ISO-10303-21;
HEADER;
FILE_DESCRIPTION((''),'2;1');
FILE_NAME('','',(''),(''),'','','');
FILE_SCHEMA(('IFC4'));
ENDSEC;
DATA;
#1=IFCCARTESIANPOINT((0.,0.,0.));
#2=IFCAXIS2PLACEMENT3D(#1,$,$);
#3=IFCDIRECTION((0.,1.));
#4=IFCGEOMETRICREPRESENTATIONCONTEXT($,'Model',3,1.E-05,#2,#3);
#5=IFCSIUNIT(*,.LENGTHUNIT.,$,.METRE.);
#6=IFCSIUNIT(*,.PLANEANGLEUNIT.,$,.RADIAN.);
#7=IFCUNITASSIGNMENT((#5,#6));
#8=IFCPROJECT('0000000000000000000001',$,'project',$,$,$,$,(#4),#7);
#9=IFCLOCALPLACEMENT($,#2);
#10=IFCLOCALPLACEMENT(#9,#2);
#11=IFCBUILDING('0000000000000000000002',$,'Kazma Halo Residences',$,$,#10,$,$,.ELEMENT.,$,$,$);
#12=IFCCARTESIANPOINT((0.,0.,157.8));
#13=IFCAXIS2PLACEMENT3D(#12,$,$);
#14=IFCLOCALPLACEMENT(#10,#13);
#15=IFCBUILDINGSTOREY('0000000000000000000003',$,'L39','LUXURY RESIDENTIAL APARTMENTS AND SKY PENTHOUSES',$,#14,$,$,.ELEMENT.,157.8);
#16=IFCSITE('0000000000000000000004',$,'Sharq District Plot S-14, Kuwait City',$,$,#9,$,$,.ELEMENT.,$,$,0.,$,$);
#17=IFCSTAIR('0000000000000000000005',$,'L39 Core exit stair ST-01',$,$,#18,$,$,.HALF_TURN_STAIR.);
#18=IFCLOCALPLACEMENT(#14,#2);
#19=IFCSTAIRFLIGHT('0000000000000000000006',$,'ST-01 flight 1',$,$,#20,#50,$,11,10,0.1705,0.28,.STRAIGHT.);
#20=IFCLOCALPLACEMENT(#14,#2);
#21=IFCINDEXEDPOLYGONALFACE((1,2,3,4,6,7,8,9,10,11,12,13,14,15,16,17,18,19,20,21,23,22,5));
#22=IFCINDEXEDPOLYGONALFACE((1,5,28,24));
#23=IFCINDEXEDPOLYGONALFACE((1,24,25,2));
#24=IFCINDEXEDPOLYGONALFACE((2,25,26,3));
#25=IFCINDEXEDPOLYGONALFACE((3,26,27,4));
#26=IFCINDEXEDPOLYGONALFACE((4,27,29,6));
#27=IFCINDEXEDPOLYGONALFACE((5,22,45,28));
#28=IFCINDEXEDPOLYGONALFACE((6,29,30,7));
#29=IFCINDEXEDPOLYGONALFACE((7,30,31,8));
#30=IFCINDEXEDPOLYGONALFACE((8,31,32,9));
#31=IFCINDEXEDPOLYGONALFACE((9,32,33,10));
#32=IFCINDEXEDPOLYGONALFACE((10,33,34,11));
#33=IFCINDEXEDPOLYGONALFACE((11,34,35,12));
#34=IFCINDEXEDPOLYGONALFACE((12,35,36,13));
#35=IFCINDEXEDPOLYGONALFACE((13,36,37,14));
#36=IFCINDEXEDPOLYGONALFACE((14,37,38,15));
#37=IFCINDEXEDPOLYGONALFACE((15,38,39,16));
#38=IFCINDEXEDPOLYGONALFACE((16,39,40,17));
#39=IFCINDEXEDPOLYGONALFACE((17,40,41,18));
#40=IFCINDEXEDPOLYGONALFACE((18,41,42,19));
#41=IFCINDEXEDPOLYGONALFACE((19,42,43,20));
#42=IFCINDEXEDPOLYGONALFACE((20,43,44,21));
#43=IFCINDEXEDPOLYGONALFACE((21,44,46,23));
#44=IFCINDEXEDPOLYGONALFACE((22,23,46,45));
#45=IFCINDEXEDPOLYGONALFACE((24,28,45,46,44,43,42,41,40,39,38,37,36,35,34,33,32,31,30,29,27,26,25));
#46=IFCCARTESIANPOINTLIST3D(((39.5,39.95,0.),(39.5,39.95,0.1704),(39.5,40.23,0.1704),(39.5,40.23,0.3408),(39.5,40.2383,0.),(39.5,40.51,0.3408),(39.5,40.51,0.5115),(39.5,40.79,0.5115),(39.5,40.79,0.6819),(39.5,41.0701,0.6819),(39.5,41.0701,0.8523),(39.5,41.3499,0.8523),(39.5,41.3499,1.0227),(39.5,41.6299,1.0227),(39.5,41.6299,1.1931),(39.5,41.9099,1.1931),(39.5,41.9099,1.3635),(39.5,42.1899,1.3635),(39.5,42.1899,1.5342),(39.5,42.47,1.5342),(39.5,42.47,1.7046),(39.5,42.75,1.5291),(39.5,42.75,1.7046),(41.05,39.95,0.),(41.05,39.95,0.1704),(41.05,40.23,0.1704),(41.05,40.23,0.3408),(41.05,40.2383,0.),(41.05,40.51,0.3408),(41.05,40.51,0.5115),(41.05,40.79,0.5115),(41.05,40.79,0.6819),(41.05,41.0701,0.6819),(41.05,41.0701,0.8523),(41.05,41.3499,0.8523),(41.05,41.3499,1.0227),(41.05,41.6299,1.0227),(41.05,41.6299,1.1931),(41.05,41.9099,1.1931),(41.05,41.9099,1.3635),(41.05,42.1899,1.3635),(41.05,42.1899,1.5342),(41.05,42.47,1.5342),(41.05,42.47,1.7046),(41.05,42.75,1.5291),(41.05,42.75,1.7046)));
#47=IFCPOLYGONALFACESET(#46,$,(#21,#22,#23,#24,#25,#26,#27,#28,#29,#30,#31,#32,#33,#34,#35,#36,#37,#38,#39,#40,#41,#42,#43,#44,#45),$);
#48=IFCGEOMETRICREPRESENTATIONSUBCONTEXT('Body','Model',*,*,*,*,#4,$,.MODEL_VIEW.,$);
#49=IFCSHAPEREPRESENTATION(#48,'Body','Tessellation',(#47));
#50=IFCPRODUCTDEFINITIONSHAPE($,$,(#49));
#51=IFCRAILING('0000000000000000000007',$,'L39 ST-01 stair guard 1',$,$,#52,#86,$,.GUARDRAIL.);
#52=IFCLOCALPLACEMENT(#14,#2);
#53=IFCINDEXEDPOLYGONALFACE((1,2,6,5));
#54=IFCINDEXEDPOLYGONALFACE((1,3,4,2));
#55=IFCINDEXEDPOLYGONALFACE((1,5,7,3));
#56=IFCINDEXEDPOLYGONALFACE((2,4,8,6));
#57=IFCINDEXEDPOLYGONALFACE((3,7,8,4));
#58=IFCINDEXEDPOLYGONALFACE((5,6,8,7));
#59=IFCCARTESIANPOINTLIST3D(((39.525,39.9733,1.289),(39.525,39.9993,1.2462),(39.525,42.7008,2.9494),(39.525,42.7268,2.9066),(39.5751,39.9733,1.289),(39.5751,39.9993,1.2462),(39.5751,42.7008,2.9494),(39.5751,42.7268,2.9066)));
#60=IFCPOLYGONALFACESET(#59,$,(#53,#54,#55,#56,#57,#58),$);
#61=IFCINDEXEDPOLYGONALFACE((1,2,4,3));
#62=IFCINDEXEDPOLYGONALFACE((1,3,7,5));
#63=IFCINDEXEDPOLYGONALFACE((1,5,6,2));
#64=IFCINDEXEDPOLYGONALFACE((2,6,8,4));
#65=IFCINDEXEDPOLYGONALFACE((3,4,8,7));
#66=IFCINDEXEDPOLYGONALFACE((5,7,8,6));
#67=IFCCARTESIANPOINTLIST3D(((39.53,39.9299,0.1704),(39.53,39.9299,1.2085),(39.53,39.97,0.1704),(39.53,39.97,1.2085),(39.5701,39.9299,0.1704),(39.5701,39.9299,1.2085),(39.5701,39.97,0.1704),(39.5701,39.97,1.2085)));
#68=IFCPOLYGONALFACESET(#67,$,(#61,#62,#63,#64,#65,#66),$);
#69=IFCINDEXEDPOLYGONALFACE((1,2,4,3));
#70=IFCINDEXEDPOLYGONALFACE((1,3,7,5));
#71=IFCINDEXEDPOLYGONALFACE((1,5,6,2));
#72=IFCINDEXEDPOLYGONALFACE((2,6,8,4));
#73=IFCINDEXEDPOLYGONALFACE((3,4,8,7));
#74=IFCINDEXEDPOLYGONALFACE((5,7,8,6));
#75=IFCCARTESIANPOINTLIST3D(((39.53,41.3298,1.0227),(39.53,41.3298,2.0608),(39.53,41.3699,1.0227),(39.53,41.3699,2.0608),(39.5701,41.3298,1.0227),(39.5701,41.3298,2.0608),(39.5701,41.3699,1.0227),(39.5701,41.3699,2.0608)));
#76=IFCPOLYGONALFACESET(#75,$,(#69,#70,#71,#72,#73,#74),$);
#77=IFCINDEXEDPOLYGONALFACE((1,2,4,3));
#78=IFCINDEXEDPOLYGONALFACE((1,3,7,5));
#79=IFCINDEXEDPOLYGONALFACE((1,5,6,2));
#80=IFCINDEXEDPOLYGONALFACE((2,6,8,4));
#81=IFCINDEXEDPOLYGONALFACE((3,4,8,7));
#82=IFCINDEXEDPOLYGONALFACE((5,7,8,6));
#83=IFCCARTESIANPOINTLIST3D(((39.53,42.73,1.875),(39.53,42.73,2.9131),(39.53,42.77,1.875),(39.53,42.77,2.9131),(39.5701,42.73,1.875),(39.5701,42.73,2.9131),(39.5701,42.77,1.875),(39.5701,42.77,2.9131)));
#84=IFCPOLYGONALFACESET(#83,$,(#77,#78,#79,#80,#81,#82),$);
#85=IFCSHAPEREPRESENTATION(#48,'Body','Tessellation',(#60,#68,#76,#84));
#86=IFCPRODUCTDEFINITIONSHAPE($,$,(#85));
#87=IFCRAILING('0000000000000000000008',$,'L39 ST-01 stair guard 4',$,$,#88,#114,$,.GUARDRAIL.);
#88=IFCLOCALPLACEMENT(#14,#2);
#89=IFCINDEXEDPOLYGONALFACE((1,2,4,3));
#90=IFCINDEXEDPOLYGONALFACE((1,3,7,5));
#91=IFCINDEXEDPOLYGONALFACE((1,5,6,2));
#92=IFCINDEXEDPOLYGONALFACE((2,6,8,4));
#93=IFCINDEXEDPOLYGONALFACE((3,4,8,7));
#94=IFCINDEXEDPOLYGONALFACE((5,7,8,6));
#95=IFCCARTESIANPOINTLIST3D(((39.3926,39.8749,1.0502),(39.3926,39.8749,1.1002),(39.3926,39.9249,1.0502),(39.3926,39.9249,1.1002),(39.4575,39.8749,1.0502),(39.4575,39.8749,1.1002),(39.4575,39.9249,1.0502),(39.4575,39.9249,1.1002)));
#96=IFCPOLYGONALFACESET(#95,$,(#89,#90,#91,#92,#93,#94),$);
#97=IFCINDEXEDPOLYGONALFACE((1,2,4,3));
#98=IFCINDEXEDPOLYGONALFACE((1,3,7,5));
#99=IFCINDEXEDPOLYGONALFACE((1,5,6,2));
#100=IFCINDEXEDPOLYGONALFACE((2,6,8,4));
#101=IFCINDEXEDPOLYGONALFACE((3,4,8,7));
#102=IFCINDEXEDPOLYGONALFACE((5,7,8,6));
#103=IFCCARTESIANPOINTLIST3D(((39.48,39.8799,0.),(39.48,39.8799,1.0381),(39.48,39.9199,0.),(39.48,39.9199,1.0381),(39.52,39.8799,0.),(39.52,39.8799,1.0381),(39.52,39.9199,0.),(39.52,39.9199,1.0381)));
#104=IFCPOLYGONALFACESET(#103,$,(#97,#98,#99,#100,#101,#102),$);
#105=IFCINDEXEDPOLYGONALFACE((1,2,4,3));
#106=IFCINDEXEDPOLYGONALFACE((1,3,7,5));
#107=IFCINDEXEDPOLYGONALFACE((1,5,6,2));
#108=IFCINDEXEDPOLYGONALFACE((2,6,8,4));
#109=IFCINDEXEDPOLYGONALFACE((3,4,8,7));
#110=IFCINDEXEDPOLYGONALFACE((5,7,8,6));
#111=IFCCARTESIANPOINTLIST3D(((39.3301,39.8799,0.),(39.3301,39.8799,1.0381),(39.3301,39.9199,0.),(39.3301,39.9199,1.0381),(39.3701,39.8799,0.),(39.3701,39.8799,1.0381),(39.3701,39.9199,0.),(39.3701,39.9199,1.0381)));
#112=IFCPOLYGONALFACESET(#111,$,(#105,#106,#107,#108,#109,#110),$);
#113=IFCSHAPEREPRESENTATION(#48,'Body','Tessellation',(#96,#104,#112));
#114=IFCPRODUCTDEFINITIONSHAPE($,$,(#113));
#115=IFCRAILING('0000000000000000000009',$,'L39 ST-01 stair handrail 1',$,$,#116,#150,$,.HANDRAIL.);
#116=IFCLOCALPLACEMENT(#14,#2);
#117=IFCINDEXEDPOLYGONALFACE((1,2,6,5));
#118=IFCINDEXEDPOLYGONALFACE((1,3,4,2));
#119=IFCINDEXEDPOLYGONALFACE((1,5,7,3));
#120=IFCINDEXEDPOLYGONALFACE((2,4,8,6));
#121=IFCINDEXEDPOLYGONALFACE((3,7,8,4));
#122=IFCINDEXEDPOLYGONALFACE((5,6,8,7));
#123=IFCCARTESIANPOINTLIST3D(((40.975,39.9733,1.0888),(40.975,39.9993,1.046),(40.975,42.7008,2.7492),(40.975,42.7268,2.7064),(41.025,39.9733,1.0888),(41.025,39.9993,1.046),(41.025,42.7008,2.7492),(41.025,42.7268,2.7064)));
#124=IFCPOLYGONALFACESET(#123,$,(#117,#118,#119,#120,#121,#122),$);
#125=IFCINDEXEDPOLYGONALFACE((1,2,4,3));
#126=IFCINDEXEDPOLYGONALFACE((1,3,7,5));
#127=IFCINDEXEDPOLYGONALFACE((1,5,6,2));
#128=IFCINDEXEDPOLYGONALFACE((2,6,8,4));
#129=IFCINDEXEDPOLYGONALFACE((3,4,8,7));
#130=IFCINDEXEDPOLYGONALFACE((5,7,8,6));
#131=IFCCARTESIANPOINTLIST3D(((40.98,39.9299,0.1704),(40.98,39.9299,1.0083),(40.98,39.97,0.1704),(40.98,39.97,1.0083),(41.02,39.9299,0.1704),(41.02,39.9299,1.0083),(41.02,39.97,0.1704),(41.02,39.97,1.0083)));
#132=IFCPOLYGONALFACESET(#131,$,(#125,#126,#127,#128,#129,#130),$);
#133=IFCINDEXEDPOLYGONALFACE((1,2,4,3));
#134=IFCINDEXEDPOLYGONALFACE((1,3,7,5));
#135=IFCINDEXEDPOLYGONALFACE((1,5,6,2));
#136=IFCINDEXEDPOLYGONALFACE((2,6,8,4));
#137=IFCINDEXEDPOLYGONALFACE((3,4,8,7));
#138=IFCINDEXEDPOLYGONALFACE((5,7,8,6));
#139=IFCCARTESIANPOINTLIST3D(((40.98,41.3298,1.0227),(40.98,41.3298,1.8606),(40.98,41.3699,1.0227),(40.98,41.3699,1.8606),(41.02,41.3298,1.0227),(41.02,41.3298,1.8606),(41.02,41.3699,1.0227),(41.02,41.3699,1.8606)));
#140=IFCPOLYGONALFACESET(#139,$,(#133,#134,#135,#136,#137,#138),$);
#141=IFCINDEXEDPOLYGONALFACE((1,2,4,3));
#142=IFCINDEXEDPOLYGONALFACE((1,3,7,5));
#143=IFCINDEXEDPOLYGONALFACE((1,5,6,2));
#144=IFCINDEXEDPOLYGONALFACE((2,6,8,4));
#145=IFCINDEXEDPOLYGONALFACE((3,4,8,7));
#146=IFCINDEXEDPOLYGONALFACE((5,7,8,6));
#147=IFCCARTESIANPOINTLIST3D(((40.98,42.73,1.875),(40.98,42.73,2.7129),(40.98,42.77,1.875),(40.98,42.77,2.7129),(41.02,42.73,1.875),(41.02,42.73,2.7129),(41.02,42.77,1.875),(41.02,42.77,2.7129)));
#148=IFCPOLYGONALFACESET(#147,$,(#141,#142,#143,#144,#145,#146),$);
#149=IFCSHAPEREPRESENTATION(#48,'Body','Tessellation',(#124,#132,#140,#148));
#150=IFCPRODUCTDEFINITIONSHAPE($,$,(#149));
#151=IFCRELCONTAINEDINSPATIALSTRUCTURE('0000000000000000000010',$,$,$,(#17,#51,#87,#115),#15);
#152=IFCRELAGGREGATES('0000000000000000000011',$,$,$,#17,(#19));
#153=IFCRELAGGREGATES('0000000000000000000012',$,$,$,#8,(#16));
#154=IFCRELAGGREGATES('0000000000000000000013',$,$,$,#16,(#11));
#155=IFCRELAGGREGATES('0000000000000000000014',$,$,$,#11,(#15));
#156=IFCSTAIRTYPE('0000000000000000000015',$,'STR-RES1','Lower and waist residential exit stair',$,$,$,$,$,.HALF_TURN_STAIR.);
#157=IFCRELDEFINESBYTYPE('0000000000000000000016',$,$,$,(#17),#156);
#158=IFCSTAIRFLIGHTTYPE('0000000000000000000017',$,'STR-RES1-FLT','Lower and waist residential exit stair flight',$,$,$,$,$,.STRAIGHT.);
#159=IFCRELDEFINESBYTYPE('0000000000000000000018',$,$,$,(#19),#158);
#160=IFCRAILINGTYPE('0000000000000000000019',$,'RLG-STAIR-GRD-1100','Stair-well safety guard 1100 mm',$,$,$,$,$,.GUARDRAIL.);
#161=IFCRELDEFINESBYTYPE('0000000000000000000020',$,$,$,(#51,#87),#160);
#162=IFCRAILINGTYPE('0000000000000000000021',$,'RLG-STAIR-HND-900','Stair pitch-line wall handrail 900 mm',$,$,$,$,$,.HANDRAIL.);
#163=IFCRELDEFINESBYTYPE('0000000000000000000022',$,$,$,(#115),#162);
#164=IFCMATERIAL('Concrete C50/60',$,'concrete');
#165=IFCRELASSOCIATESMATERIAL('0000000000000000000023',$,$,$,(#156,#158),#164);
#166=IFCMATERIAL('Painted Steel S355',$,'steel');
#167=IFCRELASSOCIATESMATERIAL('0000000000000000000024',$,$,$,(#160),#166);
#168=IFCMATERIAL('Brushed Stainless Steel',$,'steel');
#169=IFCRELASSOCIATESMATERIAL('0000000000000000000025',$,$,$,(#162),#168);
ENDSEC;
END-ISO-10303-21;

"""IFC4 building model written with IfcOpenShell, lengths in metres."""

from ifc_helpers import new_model, si_unit, direction, frame, origin, origin_2d, place, context, subcontext, project, spatial, polyline, rectangle, outline, extrude, material, type_object, element, aggregate, save


model = new_model("IFC4")

# Units and contexts
model_context = context("Model", 3, precision=1e-05, world=origin(), true_north=direction((0.0, 1.0)))
body_context = subcontext(model_context, "Body", "Model", "MODEL_VIEW")
ifc_project = project(units=[si_unit("LENGTHUNIT", "METRE"), si_unit("PLANEANGLEUNIT", "RADIAN")], contexts=[model_context])

# Site, building, storey
site_placement = place(None, origin())
site = spatial("IfcSite", under=ifc_project, at=site_placement, Name="Sharq District Plot S-14, Kuwait City", CompositionType="ELEMENT", RefElevation=0.0)
building_placement = place(site_placement, origin())
building = spatial("IfcBuilding", under=site, at=building_placement, Name="Kazma Halo Residences", CompositionType="ELEMENT")
storey_placement = place(building_placement, frame((0.0, 0.0, 157.8)))
storey = spatial("IfcBuildingStorey", under=building, at=storey_placement, Name="L39", Description="LUXURY RESIDENTIAL APARTMENTS AND SKY PENTHOUSES", CompositionType="ELEMENT", Elevation=157.8)

# Shared definitions
ifc_material_1 = material(Name="Concrete C50/60", Category="concrete")

# Stair, stair flight
stair_type = type_object("IfcStairType", Name="STR-RES1", Description="Lower and waist residential exit stair", PredefinedType="HALF_TURN_STAIR", material=ifc_material_1)
stair_placement = place(storey_placement, origin())
stair = element("IfcStair", 1, at=stair_placement, inside=storey, type_object=stair_type, Name="L39 Core exit stair ST-01", PredefinedType="HALF_TURN_STAIR")
stair_flight_type = type_object("IfcStairFlightType", Name="STR-RES1-FLT", Description="Lower and waist residential exit stair flight", PredefinedType="STRAIGHT", material=ifc_material_1)
stair_flight_placement = place(storey_placement, frame((40.2749, 39.95, 0.0), z_axis=(0.0, 0.0, 1.0), x_axis=(0.0, 1.0, 0.0)))
stair_flight = element("IfcStairFlight", 2, at=stair_flight_placement, type_object=stair_flight_type, Name="ST-01 flight 1", NumberOfRisers=11, NumberOfTreads=10, PredefinedType="STRAIGHT", RiserHeight=0.1705, TreadLength=0.28, context=body_context, shape_type="SweptSolid", body=[
    extrude(outline(polyline([(0.0, 0.0), (0.0, 0.1704), (0.28, 0.1704), (0.28, 0.3408), (0.5601, 0.3408), (0.5601, 0.5115), (0.8401, 0.5115), (0.8401, 0.6819), (1.1201, 0.6819), (1.1201, 0.8523), (1.3999, 0.8523), (1.3999, 1.0227), (1.6799, 1.0227), (1.6799, 1.1931), (1.96, 1.1931), (1.96, 1.3635), (2.24, 1.3635), (2.24, 1.5342), (2.52, 1.5342), (2.52, 1.7046), (2.8, 1.7046), (2.8, 1.875), (2.8, 1.5291), (0.2883, 0.0), (0.0, 0.0)])), frame((0.0, 0.7749, 0.0), z_axis=(0.0, -1.0, 0.0), x_axis=(1.0, 0.0, 0.0)), (0.0, 0.0, 1.0), 1.55),
])
aggregate(stair, [stair_flight])

# Railings
ifc_material_2 = material(Name="Painted Steel S355", Category="steel")
railing_type_1 = type_object("IfcRailingType", Name="RLG-STAIR-GRD-1100", Description="Stair-well safety guard 1100 mm", PredefinedType="GUARDRAIL", material=ifc_material_2)
railing_1_placement = place(storey_placement, frame((39.55, 39.95, 0.1704)))
element("IfcRailing", 3, at=railing_1_placement, inside=storey, type_object=railing_type_1, Name="L39 ST-01 stair guard 1", PredefinedType="GUARDRAIL", context=body_context, shape_type="SweptSolid", body=[
    extrude(rectangle(XDim=0.05, YDim=0.05, at=origin_2d()), frame((0.0, 0.0364, 1.0972), z_axis=(0.0, 0.85417, 0.519994), x_axis=(-1.0, 0.0, 0.0)), (0.0, 0.0, 1.0), 3.1931),
    extrude(rectangle(XDim=0.04, YDim=0.04, at=origin_2d()), origin(), (0.0, 0.0, 1.0), 1.0381),
    extrude(rectangle(XDim=0.04, YDim=0.04, at=origin_2d()), frame((0.0, 1.3999, 0.8523)), (0.0, 0.0, 1.0), 1.0381),
    extrude(rectangle(XDim=0.04, YDim=0.04, at=origin_2d()), frame((0.0, 2.8, 1.7046)), (0.0, 0.0, 1.0), 1.0381),
])
railing_2_placement = place(storey_placement, frame((39.5, 39.8999, 0.0)))
element("IfcRailing", 4, at=railing_2_placement, inside=storey, type_object=railing_type_1, Name="L39 ST-01 stair guard 4", PredefinedType="GUARDRAIL", context=body_context, shape_type="SweptSolid", body=[
    extrude(rectangle(XDim=0.05, YDim=0.05, at=origin_2d()), frame((-0.0425, 0.0, 1.0752), z_axis=(-1.0, 0.0, 0.0), x_axis=(0.0, -1.0, 0.0)), (0.0, 0.0, 1.0), 0.0649),
    extrude(rectangle(XDim=0.04, YDim=0.04, at=origin_2d()), origin(), (0.0, 0.0, 1.0), 1.0381),
    extrude(rectangle(XDim=0.04, YDim=0.04, at=origin_2d()), frame((-0.1499, 0.0, 0.0)), (0.0, 0.0, 1.0), 1.0381),
])
ifc_material_3 = material(Name="Brushed Stainless Steel", Category="steel")
railing_type_2 = type_object("IfcRailingType", Name="RLG-STAIR-HND-900", Description="Stair pitch-line wall handrail 900 mm", PredefinedType="HANDRAIL", material=ifc_material_3)
railing_3_placement = place(storey_placement, frame((41.0, 39.95, 0.1704)))
element("IfcRailing", 5, at=railing_3_placement, inside=storey, type_object=railing_type_2, Name="L39 ST-01 stair handrail 1", PredefinedType="HANDRAIL", context=body_context, shape_type="SweptSolid", body=[
    extrude(rectangle(XDim=0.05, YDim=0.05, at=origin_2d()), frame((0.0, 0.0364, 0.897), z_axis=(0.0, 0.85417, 0.519994), x_axis=(-1.0, 0.0, 0.0)), (0.0, 0.0, 1.0), 3.1931),
    extrude(rectangle(XDim=0.04, YDim=0.04, at=origin_2d()), origin(), (0.0, 0.0, 1.0), 0.8379),
    extrude(rectangle(XDim=0.04, YDim=0.04, at=origin_2d()), frame((0.0, 1.3999, 0.8523)), (0.0, 0.0, 1.0), 0.8379),
    extrude(rectangle(XDim=0.04, YDim=0.04, at=origin_2d()), frame((0.0, 2.8, 1.7046)), (0.0, 0.0, 1.0), 0.8379),
])

save(model, "model.ifc")
